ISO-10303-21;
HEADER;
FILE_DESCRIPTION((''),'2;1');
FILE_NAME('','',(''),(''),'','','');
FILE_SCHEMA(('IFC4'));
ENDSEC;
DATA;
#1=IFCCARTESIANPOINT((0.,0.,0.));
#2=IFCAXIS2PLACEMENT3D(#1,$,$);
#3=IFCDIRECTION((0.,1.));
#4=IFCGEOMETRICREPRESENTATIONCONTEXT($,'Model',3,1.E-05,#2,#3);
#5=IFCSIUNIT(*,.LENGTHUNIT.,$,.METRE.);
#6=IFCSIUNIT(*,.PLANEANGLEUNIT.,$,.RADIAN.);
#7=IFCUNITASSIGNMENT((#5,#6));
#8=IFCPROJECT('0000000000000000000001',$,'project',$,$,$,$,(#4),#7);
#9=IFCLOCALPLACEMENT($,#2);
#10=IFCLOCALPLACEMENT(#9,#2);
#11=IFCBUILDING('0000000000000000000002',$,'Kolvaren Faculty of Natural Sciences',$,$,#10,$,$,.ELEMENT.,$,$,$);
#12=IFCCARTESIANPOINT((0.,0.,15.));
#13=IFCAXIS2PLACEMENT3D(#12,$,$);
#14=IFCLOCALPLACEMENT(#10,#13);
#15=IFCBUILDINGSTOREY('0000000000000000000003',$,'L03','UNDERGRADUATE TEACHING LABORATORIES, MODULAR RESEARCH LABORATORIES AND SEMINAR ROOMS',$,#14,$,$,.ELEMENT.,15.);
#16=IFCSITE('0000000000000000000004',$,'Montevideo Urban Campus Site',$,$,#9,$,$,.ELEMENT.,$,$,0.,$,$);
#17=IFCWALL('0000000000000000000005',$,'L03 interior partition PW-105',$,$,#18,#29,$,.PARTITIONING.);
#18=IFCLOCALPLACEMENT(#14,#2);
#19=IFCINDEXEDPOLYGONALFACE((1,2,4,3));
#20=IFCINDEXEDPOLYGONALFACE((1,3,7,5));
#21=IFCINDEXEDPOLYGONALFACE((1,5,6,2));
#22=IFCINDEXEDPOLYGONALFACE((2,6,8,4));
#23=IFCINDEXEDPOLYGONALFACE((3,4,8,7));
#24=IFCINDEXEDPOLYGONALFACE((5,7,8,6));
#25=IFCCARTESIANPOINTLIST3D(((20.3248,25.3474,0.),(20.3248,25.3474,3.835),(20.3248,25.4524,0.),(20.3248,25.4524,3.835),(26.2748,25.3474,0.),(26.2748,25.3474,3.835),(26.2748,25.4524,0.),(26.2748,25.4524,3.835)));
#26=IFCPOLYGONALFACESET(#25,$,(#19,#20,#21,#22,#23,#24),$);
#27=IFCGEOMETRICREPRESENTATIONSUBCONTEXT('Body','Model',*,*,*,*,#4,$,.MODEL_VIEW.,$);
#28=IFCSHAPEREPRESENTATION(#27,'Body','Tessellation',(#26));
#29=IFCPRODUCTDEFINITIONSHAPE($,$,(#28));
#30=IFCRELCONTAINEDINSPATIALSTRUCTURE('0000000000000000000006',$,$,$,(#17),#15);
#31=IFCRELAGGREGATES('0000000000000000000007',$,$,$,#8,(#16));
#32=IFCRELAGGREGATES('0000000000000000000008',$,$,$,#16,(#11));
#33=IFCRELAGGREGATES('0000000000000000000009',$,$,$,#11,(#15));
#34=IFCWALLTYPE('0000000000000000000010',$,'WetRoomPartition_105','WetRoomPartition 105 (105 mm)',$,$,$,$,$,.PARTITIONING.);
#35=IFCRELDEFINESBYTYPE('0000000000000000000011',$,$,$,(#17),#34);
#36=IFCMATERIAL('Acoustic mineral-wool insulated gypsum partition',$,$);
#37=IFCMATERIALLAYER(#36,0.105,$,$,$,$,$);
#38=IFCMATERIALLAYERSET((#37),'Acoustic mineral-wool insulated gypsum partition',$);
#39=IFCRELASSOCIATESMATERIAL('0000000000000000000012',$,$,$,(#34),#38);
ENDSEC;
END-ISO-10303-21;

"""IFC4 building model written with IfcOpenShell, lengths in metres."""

from ifc_helpers import new_model, si_unit, direction, frame, frame_2d, origin, place, context, subcontext, project, spatial, rectangle, extrude, material, layer, layer_set, type_object, element, save


model = new_model("IFC4")

# Units and contexts
model_context = context("Model", 3, precision=1e-05, world=origin(), true_north=direction((0.0, 1.0)))
body_context = subcontext(model_context, "Body", "Model", "MODEL_VIEW")
ifc_project = project(units=[si_unit("LENGTHUNIT", "METRE"), si_unit("PLANEANGLEUNIT", "RADIAN")], contexts=[model_context])

# Site, building, storey
site_placement = place(None, origin())
site = spatial("IfcSite", under=ifc_project, at=site_placement, Name="Montevideo Urban Campus Site", CompositionType="ELEMENT", RefElevation=0.0)
building_placement = place(site_placement, origin())
building = spatial("IfcBuilding", under=site, at=building_placement, Name="Kolvaren Faculty of Natural Sciences", CompositionType="ELEMENT")
storey_placement = place(building_placement, frame((0.0, 0.0, 15.0)))
storey = spatial("IfcBuildingStorey", under=building, at=storey_placement, Name="L03", Description="UNDERGRADUATE TEACHING LABORATORIES, MODULAR RESEARCH LABORATORIES AND SEMINAR ROOMS", CompositionType="ELEMENT", Elevation=15.0)

# Shared definitions
ifc_material_1 = material(Name="Acoustic mineral-wool insulated gypsum partition")

# Wall
ifc_layer_1 = layer(ifc_material_1, 0.105)
ifc_layer_set_1 = layer_set([ifc_layer_1], Name="Acoustic mineral-wool insulated gypsum partition")
wall_type_1 = type_object("IfcWallType", Name="WetRoomPartition_105", Description="WetRoomPartition 105 (105 mm)", PredefinedType="PARTITIONING", material=ifc_layer_set_1)
wall_1_placement = place(storey_placement, frame((26.2749, 25.3999, 0.0), z_axis=(0.0, 0.0, 1.0), x_axis=(-1.0, 0.0, 0.0)))
element("IfcWall", 1, at=wall_1_placement, inside=storey, type_object=wall_type_1, Name="L03 interior partition PW-105", PredefinedType="PARTITIONING", context=body_context, shape_type="SweptSolid", body=[
    extrude(rectangle(XDim=5.95, YDim=0.105, at=frame_2d((2.9751, 0.0))), origin(), (0.0, 0.0, 1.0), 3.835),
])

save(model, "model.ifc")
